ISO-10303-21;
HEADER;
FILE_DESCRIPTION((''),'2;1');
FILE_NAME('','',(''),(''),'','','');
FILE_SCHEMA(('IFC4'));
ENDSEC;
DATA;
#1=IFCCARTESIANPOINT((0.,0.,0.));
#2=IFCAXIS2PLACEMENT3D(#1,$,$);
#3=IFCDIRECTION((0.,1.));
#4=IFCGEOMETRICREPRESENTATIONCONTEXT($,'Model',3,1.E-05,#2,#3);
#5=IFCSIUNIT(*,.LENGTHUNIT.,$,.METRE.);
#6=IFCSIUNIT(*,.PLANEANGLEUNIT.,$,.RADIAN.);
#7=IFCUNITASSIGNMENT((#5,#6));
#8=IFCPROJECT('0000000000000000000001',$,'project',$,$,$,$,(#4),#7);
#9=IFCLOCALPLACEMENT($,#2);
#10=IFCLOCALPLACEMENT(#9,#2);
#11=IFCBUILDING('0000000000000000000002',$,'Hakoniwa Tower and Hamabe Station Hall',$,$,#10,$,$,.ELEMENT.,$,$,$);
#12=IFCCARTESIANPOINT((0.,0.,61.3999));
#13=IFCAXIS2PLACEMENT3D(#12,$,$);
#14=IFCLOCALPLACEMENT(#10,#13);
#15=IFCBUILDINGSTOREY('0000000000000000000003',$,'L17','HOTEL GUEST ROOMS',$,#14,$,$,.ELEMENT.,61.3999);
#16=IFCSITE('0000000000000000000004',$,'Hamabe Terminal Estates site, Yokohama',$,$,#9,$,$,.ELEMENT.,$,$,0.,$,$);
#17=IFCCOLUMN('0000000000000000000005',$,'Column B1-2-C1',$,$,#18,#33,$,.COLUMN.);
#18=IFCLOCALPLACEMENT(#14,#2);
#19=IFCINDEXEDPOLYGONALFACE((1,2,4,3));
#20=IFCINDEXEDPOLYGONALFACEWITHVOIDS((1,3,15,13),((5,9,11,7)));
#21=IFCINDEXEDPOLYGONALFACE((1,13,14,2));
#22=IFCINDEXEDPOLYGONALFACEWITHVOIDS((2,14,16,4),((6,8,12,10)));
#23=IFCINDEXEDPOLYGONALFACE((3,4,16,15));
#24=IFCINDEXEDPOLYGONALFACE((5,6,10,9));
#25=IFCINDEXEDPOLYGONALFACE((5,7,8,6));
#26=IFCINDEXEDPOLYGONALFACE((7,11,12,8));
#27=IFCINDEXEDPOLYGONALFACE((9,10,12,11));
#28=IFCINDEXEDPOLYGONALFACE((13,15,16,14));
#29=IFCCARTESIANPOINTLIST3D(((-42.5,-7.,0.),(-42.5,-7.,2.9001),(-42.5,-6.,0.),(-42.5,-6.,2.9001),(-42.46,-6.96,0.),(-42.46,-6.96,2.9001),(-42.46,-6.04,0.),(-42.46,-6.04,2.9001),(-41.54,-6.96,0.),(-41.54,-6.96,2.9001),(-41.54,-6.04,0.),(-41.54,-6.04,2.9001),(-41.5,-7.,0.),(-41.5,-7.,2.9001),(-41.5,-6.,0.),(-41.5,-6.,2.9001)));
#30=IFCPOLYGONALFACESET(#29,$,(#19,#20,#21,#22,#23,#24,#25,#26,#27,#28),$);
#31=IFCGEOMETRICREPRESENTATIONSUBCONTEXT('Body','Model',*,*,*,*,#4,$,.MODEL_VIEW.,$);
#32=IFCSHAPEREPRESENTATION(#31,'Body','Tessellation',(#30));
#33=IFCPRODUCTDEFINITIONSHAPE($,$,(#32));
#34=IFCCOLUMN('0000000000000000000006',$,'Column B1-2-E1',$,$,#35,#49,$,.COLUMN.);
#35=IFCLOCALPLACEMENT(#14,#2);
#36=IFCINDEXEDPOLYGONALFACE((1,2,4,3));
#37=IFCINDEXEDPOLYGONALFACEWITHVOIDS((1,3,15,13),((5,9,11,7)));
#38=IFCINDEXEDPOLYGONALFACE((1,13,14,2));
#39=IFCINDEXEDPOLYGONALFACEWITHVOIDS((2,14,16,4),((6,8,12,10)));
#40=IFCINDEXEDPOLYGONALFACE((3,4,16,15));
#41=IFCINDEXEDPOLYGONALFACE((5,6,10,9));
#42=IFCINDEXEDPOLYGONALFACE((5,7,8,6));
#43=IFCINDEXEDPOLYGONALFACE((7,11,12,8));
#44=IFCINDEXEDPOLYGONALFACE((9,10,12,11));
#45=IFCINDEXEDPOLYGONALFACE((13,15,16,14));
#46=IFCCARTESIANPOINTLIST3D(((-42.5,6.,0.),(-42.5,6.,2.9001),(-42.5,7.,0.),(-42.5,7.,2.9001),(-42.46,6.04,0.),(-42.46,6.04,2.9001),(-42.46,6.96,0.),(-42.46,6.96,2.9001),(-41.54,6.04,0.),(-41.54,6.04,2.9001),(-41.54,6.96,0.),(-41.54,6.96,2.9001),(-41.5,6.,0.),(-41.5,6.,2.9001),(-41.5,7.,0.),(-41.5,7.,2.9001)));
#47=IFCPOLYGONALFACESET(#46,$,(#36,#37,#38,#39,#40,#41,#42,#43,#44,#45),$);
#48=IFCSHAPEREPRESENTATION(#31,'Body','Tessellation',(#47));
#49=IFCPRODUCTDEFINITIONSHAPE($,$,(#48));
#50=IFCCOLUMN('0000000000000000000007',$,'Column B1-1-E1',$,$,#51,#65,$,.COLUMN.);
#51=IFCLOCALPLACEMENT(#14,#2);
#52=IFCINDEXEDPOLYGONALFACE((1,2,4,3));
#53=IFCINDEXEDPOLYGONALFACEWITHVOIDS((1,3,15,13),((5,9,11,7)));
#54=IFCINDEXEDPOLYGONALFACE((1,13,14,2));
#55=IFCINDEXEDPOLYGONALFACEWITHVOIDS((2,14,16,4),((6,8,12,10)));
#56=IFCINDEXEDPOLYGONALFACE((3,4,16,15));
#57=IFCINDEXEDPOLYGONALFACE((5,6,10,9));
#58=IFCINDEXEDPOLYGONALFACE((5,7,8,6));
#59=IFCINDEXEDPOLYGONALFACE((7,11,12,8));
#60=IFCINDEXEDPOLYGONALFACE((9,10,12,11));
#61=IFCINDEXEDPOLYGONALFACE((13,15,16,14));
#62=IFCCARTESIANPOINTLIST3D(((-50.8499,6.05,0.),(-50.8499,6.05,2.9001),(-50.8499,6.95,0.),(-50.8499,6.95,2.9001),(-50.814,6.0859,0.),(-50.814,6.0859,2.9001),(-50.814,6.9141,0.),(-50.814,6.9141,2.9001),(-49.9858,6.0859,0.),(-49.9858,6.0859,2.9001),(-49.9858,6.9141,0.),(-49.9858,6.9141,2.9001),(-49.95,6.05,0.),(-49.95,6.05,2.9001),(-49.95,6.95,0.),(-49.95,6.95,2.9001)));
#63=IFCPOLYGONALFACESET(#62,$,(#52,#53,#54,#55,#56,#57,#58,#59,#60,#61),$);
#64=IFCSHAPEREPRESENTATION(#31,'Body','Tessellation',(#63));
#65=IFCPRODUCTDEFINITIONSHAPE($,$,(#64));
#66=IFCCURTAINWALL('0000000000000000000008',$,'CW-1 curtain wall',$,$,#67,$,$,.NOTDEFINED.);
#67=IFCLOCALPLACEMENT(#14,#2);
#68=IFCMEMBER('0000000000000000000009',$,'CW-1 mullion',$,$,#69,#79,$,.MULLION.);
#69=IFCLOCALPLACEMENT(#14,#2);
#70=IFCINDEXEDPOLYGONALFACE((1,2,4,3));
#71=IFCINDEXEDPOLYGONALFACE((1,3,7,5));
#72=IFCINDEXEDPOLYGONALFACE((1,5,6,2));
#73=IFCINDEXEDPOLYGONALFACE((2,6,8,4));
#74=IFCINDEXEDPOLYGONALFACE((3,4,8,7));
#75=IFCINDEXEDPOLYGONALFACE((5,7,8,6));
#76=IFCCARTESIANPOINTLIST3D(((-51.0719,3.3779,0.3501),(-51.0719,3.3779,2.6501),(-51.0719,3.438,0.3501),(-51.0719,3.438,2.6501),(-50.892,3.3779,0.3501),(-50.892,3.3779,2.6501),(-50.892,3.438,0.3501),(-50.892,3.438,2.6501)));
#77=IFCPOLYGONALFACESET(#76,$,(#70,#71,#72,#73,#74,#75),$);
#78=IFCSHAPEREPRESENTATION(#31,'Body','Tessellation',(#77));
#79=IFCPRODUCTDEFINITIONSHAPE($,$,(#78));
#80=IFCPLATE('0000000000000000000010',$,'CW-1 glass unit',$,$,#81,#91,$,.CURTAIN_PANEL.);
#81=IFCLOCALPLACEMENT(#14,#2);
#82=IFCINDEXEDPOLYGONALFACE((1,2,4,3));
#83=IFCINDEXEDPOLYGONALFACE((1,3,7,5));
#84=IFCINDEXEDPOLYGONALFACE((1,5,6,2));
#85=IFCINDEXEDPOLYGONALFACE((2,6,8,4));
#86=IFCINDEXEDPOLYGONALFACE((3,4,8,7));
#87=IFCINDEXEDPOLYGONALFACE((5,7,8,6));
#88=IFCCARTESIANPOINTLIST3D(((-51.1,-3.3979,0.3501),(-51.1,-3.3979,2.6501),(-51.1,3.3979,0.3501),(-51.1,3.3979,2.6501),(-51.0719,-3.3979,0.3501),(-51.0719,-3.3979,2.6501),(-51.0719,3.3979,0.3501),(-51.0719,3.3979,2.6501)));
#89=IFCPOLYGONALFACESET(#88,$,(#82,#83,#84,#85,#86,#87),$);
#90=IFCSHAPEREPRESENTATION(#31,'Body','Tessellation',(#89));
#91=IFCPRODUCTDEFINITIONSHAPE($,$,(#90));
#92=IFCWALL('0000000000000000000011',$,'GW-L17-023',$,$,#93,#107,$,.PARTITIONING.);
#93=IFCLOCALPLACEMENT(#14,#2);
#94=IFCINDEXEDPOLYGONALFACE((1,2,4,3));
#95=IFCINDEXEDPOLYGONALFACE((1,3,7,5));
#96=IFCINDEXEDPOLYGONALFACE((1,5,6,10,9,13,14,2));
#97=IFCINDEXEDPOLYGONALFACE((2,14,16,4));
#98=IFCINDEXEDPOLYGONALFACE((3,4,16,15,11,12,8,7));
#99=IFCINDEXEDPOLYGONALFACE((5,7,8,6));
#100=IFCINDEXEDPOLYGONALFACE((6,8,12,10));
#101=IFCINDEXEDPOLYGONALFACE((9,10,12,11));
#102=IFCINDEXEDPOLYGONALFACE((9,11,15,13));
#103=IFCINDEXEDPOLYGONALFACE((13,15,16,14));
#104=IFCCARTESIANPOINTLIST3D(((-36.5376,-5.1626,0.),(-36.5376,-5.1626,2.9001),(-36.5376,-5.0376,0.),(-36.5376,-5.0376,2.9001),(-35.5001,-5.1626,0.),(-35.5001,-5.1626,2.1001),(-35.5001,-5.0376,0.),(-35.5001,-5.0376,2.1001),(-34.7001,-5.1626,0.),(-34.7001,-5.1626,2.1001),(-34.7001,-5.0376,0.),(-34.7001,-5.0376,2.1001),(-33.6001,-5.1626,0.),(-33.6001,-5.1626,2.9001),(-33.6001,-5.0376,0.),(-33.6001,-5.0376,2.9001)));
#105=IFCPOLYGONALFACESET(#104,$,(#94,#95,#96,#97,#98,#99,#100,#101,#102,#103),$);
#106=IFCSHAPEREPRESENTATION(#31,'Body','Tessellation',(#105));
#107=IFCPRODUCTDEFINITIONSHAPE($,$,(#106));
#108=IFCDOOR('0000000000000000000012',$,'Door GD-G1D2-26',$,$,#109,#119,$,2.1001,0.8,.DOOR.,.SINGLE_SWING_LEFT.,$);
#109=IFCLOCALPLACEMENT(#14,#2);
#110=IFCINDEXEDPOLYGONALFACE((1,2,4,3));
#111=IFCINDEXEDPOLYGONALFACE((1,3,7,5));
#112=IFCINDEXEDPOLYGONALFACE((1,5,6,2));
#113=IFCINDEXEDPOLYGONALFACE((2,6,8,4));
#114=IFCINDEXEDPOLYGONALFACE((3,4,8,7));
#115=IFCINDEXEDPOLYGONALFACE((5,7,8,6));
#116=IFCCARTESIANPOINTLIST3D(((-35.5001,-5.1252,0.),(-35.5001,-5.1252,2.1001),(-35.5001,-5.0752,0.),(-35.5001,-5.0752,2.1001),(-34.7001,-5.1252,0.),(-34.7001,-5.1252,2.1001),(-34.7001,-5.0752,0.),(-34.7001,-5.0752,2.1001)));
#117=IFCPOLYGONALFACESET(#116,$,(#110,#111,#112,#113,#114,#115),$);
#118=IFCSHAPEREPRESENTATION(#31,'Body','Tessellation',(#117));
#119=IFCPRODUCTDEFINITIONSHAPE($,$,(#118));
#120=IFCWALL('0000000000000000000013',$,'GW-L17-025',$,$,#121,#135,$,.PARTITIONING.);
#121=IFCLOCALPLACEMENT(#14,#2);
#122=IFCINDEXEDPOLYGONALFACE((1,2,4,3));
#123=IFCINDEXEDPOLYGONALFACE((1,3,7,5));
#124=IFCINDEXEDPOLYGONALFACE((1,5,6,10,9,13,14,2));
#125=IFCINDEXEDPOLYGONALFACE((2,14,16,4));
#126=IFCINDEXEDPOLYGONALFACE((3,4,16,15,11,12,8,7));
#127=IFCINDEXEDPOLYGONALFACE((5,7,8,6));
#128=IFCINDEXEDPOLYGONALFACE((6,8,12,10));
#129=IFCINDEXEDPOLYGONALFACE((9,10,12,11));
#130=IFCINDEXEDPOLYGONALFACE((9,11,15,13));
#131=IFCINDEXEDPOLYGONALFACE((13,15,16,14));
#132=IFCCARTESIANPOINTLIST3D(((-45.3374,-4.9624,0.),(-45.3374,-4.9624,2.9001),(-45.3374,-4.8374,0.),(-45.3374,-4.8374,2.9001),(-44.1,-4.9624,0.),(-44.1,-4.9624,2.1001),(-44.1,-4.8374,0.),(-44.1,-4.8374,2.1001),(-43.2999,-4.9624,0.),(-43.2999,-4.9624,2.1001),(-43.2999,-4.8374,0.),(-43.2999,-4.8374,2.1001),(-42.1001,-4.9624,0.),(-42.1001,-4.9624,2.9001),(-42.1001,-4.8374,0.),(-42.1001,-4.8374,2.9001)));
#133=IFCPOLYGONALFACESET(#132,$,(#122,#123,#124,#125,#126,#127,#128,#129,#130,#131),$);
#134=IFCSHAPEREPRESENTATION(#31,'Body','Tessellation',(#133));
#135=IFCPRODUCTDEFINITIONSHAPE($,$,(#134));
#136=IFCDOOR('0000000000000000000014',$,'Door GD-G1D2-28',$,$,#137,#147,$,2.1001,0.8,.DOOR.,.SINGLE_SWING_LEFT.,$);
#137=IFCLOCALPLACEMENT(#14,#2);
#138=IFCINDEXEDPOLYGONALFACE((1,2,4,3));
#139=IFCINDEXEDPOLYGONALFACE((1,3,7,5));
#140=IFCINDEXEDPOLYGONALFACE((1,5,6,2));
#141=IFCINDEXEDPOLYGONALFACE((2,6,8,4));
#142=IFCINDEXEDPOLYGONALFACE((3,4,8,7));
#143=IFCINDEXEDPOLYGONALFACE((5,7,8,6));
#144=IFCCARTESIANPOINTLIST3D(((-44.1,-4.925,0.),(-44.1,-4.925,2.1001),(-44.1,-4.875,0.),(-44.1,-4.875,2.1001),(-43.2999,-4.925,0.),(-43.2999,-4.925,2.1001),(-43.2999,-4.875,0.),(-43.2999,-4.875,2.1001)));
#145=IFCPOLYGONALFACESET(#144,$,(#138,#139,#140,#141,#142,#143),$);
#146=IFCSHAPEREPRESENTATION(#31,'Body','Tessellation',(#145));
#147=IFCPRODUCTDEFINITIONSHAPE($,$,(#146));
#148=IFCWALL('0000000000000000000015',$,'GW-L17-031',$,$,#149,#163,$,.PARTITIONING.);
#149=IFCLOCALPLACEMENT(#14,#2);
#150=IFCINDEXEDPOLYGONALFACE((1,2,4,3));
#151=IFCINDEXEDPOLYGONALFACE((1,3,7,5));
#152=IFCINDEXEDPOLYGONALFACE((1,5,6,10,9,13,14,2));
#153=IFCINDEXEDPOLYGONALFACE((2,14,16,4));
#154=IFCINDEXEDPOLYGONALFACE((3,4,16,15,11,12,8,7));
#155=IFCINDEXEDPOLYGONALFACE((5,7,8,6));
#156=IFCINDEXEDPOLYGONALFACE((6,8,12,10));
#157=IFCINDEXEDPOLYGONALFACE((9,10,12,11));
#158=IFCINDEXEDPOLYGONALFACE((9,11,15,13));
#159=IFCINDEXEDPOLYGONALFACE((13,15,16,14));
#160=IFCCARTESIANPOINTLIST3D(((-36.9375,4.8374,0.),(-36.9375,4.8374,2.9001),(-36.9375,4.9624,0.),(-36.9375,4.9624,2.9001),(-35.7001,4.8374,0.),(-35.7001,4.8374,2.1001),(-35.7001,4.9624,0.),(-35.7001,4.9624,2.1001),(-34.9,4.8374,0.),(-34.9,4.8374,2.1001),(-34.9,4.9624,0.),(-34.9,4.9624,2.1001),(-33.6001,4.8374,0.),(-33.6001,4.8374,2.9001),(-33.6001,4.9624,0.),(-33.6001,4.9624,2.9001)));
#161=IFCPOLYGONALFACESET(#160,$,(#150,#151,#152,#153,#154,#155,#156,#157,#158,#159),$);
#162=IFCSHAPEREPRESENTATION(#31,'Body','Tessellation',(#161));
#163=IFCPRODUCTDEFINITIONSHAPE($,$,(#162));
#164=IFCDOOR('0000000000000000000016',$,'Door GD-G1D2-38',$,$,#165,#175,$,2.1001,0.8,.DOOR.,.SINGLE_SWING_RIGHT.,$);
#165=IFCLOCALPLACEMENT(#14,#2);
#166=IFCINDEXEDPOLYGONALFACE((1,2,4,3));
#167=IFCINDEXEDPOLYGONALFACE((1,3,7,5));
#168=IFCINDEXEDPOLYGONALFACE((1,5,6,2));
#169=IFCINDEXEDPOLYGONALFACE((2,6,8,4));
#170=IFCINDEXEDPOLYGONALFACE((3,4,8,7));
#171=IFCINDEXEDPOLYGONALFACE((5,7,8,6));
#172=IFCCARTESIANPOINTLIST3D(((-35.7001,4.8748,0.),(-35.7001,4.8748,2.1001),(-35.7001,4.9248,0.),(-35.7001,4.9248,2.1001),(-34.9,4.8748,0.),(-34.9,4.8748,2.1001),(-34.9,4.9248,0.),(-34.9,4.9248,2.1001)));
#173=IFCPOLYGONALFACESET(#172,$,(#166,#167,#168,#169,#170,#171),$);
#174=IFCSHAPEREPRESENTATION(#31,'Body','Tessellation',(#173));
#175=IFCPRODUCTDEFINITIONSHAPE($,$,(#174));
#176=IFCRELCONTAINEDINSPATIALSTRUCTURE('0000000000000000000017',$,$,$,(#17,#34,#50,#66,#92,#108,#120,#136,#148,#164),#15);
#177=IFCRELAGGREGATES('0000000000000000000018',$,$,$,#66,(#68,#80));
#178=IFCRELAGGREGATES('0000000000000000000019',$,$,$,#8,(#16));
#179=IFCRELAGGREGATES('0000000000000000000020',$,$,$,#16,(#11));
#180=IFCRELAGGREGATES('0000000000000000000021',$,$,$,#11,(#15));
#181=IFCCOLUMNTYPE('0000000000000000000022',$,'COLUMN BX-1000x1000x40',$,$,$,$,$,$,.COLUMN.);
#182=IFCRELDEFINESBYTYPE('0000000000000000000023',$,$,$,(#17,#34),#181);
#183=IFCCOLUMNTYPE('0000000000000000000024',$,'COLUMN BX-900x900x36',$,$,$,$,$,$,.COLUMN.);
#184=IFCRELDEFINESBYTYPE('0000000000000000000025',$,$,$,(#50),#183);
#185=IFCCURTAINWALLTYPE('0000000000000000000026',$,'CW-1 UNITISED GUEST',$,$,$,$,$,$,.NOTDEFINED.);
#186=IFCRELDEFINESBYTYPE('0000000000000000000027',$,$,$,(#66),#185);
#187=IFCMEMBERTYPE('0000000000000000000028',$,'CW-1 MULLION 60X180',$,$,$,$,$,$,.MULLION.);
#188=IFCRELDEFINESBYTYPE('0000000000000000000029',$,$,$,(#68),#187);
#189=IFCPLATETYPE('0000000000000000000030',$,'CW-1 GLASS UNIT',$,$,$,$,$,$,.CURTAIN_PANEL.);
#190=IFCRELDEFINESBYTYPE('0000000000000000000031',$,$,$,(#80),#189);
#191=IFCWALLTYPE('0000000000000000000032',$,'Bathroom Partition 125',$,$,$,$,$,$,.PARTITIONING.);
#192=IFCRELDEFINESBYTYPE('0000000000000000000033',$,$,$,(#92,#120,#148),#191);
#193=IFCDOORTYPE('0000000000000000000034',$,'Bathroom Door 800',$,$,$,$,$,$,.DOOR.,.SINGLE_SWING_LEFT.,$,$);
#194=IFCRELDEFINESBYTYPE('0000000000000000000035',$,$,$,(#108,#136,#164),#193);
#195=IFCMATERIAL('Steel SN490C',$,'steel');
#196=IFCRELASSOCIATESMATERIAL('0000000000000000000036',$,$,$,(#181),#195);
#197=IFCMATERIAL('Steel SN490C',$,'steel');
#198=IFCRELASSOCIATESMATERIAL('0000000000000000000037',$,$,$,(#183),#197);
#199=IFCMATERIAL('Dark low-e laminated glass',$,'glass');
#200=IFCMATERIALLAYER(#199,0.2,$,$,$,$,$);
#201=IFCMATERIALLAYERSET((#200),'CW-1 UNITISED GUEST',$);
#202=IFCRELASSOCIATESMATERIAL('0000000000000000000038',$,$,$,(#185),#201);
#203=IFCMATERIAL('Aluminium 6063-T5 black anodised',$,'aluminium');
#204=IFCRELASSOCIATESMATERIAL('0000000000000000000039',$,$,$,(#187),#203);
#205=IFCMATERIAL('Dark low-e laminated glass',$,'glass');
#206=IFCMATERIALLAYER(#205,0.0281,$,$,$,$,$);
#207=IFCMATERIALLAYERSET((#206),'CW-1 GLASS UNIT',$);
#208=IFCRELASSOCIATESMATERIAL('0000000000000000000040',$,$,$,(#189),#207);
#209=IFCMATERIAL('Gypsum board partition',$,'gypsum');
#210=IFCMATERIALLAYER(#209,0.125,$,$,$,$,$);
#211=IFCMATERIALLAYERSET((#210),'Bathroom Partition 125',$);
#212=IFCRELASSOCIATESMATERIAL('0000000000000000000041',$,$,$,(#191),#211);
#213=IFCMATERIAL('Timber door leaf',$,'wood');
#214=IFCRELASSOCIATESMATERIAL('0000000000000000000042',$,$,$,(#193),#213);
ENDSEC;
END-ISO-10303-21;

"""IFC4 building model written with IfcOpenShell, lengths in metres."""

from ifc_helpers import new_model, si_unit, direction, frame, frame_2d, origin, origin_2d, place, context, subcontext, project, spatial, rectangle, hollow_rectangle, extrude, material, layer, layer_set, material_profile, profile_set, type_object, element, fill, aggregate, save


model = new_model("IFC4")

# Units and contexts
model_context = context("Model", 3, precision=1e-05, world=origin(), true_north=direction((0.0, 1.0)))
body_context = subcontext(model_context, "Body", "Model", "MODEL_VIEW")
ifc_project = project(units=[si_unit("LENGTHUNIT", "METRE"), si_unit("PLANEANGLEUNIT", "RADIAN")], contexts=[model_context])

# Site, building, storey
site_placement = place(None, origin())
site = spatial("IfcSite", under=ifc_project, at=site_placement, Name="Hamabe Terminal Estates site, Yokohama", CompositionType="ELEMENT", RefElevation=0.0)
building_placement = place(site_placement, origin())
building = spatial("IfcBuilding", under=site, at=building_placement, Name="Hakoniwa Tower and Hamabe Station Hall", CompositionType="ELEMENT")
storey_placement = place(building_placement, frame((0.0, 0.0, 61.3999)))
storey = spatial("IfcBuildingStorey", under=building, at=storey_placement, Name="L17", Description="HOTEL GUEST ROOMS", CompositionType="ELEMENT", Elevation=61.3999)

# Columns
ifc_material_1 = material(Name="Steel SN490C", Category="steel")
ifc_material_profile_1 = material_profile(ifc_material_1, hollow_rectangle(XDim=1.0, YDim=1.0, WallThickness=0.04, at=origin_2d()), Name="BX-1000x1000x40")
ifc_profile_set_1 = profile_set([ifc_material_profile_1], Name="Steel SN490C")
column_type_1 = type_object("IfcColumnType", Name="COLUMN BX-1000x1000x40", PredefinedType="COLUMN", material=ifc_profile_set_1)
for number, where, z_axis, x_axis, name in (
    (1, (-42.0, -6.5, 0.0), (0.0, 0.0, 1.0), (1.0, 0.0, 0.0), "Column B1-2-C1"),
    (2, (-42.0, 6.5, 0.0), (0.0, 0.0, 1.0), (1.0, 0.0, 0.0), "Column B1-2-E1"),
):
    element("IfcColumn", number, at=place(storey_placement, frame(where, z_axis=z_axis, x_axis=x_axis)), inside=storey, type_object=column_type_1, Name=name, PredefinedType="COLUMN", context=body_context, shape_type="SweptSolid", body=[
        extrude(hollow_rectangle(XDim=1.0, YDim=1.0, WallThickness=0.04, at=origin_2d()), origin(), (0.0, 0.0, 1.0), 2.9001),
    ])
ifc_material_2 = material(Name="Steel SN490C", Category="steel")
ifc_material_profile_2 = material_profile(ifc_material_2, hollow_rectangle(XDim=0.8999, YDim=0.8999, WallThickness=0.0359, at=origin_2d()), Name="BX-900x900x36")
ifc_profile_set_2 = profile_set([ifc_material_profile_2], Name="Steel SN490C")
column_type_2 = type_object("IfcColumnType", Name="COLUMN BX-900x900x36", PredefinedType="COLUMN", material=ifc_profile_set_2)
column_placement = place(storey_placement, frame((-50.3999, 6.5, 0.0), z_axis=(0.0, 0.0, 1.0), x_axis=(1.0, 0.0, 0.0)))
element("IfcColumn", 3, at=column_placement, inside=storey, type_object=column_type_2, Name="Column B1-1-E1", PredefinedType="COLUMN", context=body_context, shape_type="SweptSolid", body=[
    extrude(hollow_rectangle(XDim=0.8999, YDim=0.8999, WallThickness=0.0359, at=origin_2d()), origin(), (0.0, 0.0, 1.0), 2.9001),
])

# Curtain wall, member, plate
ifc_material_3 = material(Name="Dark low-e laminated glass", Category="glass")
ifc_layer_1 = layer(ifc_material_3, 0.2)
ifc_layer_set_1 = layer_set([ifc_layer_1], Name="CW-1 UNITISED GUEST")
curtain_wall_type = type_object("IfcCurtainWallType", Name="CW-1 UNITISED GUEST", PredefinedType="NOTDEFINED", material=ifc_layer_set_1)
curtain_wall_placement = place(storey_placement, origin())
curtain_wall = element("IfcCurtainWall", 4, at=curtain_wall_placement, inside=storey, type_object=curtain_wall_type, Name="CW-1 curtain wall", PredefinedType="NOTDEFINED")
ifc_material_4 = material(Name="Aluminium 6063-T5 black anodised", Category="aluminium")
ifc_material_profile_3 = material_profile(ifc_material_4, rectangle(XDim=0.0601, YDim=0.1799, at=origin_2d()), Name="CW-1 MULLION 60X180")
ifc_profile_set_3 = profile_set([ifc_material_profile_3], Name="Aluminium 6063-T5 black anodised")
member_type = type_object("IfcMemberType", Name="CW-1 MULLION 60X180", PredefinedType="MULLION", material=ifc_profile_set_3)
member_placement = place(storey_placement, frame((-50.9819, 3.408, 0.3501), z_axis=(0.0, 0.0, 1.0), x_axis=(0.0, -1.0, 0.0)))
member = element("IfcMember", 5, at=member_placement, type_object=member_type, Name="CW-1 mullion", PredefinedType="MULLION", context=body_context, shape_type="SweptSolid", body=[
    extrude(rectangle(XDim=0.0601, YDim=0.1799, at=origin_2d()), origin(), (0.0, 0.0, 1.0), 2.3),
])
ifc_material_5 = material(Name="Dark low-e laminated glass", Category="glass")
ifc_layer_2 = layer(ifc_material_5, 0.0281)
ifc_layer_set_2 = layer_set([ifc_layer_2], Name="CW-1 GLASS UNIT")
plate_type = type_object("IfcPlateType", Name="CW-1 GLASS UNIT", PredefinedType="CURTAIN_PANEL", material=ifc_layer_set_2)
plate_placement = place(storey_placement, frame((-51.0859, 0.0, 0.3501), z_axis=(0.0, 0.0, 1.0), x_axis=(0.0, -1.0, 0.0)))
plate = element("IfcPlate", 6, at=plate_placement, type_object=plate_type, Name="CW-1 glass unit", PredefinedType="CURTAIN_PANEL", context=body_context, shape_type="SweptSolid", body=[
    extrude(rectangle(XDim=6.7959, YDim=0.0281, at=origin_2d()), origin(), (0.0, 0.0, 1.0), 2.3),
])
aggregate(curtain_wall, [member, plate])

# Walls, openings, doors
ifc_material_6 = material(Name="Gypsum board partition", Category="gypsum")
ifc_layer_3 = layer(ifc_material_6, 0.125)
ifc_layer_set_3 = layer_set([ifc_layer_3], Name="Bathroom Partition 125")
wall_type_1 = type_object("IfcWallType", Name="Bathroom Partition 125", PredefinedType="PARTITIONING", material=ifc_layer_set_3)
wall_1_placement = place(storey_placement, frame((-36.5376, -5.1001, 0.0), z_axis=(0.0, 0.0, 1.0), x_axis=(1.0, 0.0, 0.0)))
wall_1 = element("IfcWall", 7, at=wall_1_placement, inside=storey, type_object=wall_type_1, Name="GW-L17-023", PredefinedType="PARTITIONING", context=body_context, shape_type="SweptSolid", body=[
    extrude(rectangle(XDim=2.9375, YDim=0.125, at=frame_2d((1.4688, 0.0))), origin(), (0.0, 0.0, 1.0), 2.9001),
])
opening_1_placement = place(wall_1_placement, frame((1.0376, 0.0, 0.0)))
opening_1 = element("IfcOpeningElement", 8, at=opening_1_placement, cuts=wall_1, PredefinedType="OPENING", context=body_context, shape_type="SweptSolid", body=[
    extrude(rectangle(XDim=0.8, YDim=2.1001, at=frame_2d((0.3999, 1.05))), frame((0.0, 0.0725, 0.0), z_axis=(0.0, -1.0, 0.0), x_axis=(1.0, 0.0, 0.0)), (0.0, 0.0, 1.0), 0.145),
])
ifc_material_7 = material(Name="Timber door leaf", Category="wood")
door_type_1 = type_object("IfcDoorType", Name="Bathroom Door 800", OperationType="SINGLE_SWING_LEFT", PredefinedType="DOOR", material=ifc_material_7)
door_1_placement = place(opening_1_placement, origin())
door_1 = element("IfcDoor", 9, at=door_1_placement, inside=storey, type_object=door_type_1, Name="Door GD-G1D2-26", OperationType="SINGLE_SWING_LEFT", OverallHeight=2.1001, OverallWidth=0.8, PredefinedType="DOOR", context=body_context, shape_type="SweptSolid", body=[
    extrude(rectangle(XDim=0.8, YDim=2.1001, at=frame_2d((0.3999, 1.05))), frame((0.0, 0.0249, 0.0), z_axis=(0.0, -1.0, 0.0), x_axis=(1.0, 0.0, 0.0)), (0.0, 0.0, 1.0), 0.05),
])
fill(opening_1, door_1)
wall_2_placement = place(storey_placement, frame((-45.3374, -4.8999, 0.0), z_axis=(0.0, 0.0, 1.0), x_axis=(1.0, 0.0, 0.0)))
wall_2 = element("IfcWall", 10, at=wall_2_placement, inside=storey, type_object=wall_type_1, Name="GW-L17-025", PredefinedType="PARTITIONING", context=body_context, shape_type="SweptSolid", body=[
    extrude(rectangle(XDim=3.2373, YDim=0.125, at=frame_2d((1.6187, 0.0))), origin(), (0.0, 0.0, 1.0), 2.9001),
])
opening_2_placement = place(wall_2_placement, frame((1.2375, 0.0, 0.0)))
opening_2 = element("IfcOpeningElement", 11, at=opening_2_placement, cuts=wall_2, PredefinedType="OPENING", context=body_context, shape_type="SweptSolid", body=[
    extrude(rectangle(XDim=0.8, YDim=2.1001, at=frame_2d((0.3999, 1.05))), frame((0.0, 0.0725, 0.0), z_axis=(0.0, -1.0, 0.0), x_axis=(1.0, 0.0, 0.0)), (0.0, 0.0, 1.0), 0.145),
])
door_2_placement = place(opening_2_placement, origin())
door_2 = element("IfcDoor", 12, at=door_2_placement, inside=storey, type_object=door_type_1, Name="Door GD-G1D2-28", OperationType="SINGLE_SWING_LEFT", OverallHeight=2.1001, OverallWidth=0.8, PredefinedType="DOOR", context=body_context, shape_type="SweptSolid", body=[
    extrude(rectangle(XDim=0.8, YDim=2.1001, at=frame_2d((0.3999, 1.05))), frame((0.0, 0.0249, 0.0), z_axis=(0.0, -1.0, 0.0), x_axis=(1.0, 0.0, 0.0)), (0.0, 0.0, 1.0), 0.05),
])
fill(opening_2, door_2)
wall_3_placement = place(storey_placement, frame((-36.9375, 4.8999, 0.0), z_axis=(0.0, 0.0, 1.0), x_axis=(1.0, 0.0, 0.0)))
wall_3 = element("IfcWall", 13, at=wall_3_placement, inside=storey, type_object=wall_type_1, Name="GW-L17-031", PredefinedType="PARTITIONING", context=body_context, shape_type="SweptSolid", body=[
    extrude(rectangle(XDim=3.3374, YDim=0.125, at=frame_2d((1.6687, 0.0))), origin(), (0.0, 0.0, 1.0), 2.9001),
])
opening_3_placement = place(wall_3_placement, frame((1.2375, 0.0, 0.0)))
opening_3 = element("IfcOpeningElement", 14, at=opening_3_placement, cuts=wall_3, PredefinedType="OPENING", context=body_context, shape_type="SweptSolid", body=[
    extrude(rectangle(XDim=0.8, YDim=2.1001, at=frame_2d((0.3999, 1.05))), frame((0.0, 0.0725, 0.0), z_axis=(0.0, -1.0, 0.0), x_axis=(1.0, 0.0, 0.0)), (0.0, 0.0, 1.0), 0.145),
])
door_3_placement = place(opening_3_placement, origin())
door_3 = element("IfcDoor", 15, at=door_3_placement, inside=storey, type_object=door_type_1, Name="Door GD-G1D2-38", OperationType="SINGLE_SWING_RIGHT", OverallHeight=2.1001, OverallWidth=0.8, PredefinedType="DOOR", context=body_context, shape_type="SweptSolid", body=[
    extrude(rectangle(XDim=0.8, YDim=2.1001, at=frame_2d((0.3999, 1.05))), frame((0.0, 0.0249, 0.0), z_axis=(0.0, -1.0, 0.0), x_axis=(1.0, 0.0, 0.0)), (0.0, 0.0, 1.0), 0.05),
])
fill(opening_3, door_3)

save(model, "model.ifc")
